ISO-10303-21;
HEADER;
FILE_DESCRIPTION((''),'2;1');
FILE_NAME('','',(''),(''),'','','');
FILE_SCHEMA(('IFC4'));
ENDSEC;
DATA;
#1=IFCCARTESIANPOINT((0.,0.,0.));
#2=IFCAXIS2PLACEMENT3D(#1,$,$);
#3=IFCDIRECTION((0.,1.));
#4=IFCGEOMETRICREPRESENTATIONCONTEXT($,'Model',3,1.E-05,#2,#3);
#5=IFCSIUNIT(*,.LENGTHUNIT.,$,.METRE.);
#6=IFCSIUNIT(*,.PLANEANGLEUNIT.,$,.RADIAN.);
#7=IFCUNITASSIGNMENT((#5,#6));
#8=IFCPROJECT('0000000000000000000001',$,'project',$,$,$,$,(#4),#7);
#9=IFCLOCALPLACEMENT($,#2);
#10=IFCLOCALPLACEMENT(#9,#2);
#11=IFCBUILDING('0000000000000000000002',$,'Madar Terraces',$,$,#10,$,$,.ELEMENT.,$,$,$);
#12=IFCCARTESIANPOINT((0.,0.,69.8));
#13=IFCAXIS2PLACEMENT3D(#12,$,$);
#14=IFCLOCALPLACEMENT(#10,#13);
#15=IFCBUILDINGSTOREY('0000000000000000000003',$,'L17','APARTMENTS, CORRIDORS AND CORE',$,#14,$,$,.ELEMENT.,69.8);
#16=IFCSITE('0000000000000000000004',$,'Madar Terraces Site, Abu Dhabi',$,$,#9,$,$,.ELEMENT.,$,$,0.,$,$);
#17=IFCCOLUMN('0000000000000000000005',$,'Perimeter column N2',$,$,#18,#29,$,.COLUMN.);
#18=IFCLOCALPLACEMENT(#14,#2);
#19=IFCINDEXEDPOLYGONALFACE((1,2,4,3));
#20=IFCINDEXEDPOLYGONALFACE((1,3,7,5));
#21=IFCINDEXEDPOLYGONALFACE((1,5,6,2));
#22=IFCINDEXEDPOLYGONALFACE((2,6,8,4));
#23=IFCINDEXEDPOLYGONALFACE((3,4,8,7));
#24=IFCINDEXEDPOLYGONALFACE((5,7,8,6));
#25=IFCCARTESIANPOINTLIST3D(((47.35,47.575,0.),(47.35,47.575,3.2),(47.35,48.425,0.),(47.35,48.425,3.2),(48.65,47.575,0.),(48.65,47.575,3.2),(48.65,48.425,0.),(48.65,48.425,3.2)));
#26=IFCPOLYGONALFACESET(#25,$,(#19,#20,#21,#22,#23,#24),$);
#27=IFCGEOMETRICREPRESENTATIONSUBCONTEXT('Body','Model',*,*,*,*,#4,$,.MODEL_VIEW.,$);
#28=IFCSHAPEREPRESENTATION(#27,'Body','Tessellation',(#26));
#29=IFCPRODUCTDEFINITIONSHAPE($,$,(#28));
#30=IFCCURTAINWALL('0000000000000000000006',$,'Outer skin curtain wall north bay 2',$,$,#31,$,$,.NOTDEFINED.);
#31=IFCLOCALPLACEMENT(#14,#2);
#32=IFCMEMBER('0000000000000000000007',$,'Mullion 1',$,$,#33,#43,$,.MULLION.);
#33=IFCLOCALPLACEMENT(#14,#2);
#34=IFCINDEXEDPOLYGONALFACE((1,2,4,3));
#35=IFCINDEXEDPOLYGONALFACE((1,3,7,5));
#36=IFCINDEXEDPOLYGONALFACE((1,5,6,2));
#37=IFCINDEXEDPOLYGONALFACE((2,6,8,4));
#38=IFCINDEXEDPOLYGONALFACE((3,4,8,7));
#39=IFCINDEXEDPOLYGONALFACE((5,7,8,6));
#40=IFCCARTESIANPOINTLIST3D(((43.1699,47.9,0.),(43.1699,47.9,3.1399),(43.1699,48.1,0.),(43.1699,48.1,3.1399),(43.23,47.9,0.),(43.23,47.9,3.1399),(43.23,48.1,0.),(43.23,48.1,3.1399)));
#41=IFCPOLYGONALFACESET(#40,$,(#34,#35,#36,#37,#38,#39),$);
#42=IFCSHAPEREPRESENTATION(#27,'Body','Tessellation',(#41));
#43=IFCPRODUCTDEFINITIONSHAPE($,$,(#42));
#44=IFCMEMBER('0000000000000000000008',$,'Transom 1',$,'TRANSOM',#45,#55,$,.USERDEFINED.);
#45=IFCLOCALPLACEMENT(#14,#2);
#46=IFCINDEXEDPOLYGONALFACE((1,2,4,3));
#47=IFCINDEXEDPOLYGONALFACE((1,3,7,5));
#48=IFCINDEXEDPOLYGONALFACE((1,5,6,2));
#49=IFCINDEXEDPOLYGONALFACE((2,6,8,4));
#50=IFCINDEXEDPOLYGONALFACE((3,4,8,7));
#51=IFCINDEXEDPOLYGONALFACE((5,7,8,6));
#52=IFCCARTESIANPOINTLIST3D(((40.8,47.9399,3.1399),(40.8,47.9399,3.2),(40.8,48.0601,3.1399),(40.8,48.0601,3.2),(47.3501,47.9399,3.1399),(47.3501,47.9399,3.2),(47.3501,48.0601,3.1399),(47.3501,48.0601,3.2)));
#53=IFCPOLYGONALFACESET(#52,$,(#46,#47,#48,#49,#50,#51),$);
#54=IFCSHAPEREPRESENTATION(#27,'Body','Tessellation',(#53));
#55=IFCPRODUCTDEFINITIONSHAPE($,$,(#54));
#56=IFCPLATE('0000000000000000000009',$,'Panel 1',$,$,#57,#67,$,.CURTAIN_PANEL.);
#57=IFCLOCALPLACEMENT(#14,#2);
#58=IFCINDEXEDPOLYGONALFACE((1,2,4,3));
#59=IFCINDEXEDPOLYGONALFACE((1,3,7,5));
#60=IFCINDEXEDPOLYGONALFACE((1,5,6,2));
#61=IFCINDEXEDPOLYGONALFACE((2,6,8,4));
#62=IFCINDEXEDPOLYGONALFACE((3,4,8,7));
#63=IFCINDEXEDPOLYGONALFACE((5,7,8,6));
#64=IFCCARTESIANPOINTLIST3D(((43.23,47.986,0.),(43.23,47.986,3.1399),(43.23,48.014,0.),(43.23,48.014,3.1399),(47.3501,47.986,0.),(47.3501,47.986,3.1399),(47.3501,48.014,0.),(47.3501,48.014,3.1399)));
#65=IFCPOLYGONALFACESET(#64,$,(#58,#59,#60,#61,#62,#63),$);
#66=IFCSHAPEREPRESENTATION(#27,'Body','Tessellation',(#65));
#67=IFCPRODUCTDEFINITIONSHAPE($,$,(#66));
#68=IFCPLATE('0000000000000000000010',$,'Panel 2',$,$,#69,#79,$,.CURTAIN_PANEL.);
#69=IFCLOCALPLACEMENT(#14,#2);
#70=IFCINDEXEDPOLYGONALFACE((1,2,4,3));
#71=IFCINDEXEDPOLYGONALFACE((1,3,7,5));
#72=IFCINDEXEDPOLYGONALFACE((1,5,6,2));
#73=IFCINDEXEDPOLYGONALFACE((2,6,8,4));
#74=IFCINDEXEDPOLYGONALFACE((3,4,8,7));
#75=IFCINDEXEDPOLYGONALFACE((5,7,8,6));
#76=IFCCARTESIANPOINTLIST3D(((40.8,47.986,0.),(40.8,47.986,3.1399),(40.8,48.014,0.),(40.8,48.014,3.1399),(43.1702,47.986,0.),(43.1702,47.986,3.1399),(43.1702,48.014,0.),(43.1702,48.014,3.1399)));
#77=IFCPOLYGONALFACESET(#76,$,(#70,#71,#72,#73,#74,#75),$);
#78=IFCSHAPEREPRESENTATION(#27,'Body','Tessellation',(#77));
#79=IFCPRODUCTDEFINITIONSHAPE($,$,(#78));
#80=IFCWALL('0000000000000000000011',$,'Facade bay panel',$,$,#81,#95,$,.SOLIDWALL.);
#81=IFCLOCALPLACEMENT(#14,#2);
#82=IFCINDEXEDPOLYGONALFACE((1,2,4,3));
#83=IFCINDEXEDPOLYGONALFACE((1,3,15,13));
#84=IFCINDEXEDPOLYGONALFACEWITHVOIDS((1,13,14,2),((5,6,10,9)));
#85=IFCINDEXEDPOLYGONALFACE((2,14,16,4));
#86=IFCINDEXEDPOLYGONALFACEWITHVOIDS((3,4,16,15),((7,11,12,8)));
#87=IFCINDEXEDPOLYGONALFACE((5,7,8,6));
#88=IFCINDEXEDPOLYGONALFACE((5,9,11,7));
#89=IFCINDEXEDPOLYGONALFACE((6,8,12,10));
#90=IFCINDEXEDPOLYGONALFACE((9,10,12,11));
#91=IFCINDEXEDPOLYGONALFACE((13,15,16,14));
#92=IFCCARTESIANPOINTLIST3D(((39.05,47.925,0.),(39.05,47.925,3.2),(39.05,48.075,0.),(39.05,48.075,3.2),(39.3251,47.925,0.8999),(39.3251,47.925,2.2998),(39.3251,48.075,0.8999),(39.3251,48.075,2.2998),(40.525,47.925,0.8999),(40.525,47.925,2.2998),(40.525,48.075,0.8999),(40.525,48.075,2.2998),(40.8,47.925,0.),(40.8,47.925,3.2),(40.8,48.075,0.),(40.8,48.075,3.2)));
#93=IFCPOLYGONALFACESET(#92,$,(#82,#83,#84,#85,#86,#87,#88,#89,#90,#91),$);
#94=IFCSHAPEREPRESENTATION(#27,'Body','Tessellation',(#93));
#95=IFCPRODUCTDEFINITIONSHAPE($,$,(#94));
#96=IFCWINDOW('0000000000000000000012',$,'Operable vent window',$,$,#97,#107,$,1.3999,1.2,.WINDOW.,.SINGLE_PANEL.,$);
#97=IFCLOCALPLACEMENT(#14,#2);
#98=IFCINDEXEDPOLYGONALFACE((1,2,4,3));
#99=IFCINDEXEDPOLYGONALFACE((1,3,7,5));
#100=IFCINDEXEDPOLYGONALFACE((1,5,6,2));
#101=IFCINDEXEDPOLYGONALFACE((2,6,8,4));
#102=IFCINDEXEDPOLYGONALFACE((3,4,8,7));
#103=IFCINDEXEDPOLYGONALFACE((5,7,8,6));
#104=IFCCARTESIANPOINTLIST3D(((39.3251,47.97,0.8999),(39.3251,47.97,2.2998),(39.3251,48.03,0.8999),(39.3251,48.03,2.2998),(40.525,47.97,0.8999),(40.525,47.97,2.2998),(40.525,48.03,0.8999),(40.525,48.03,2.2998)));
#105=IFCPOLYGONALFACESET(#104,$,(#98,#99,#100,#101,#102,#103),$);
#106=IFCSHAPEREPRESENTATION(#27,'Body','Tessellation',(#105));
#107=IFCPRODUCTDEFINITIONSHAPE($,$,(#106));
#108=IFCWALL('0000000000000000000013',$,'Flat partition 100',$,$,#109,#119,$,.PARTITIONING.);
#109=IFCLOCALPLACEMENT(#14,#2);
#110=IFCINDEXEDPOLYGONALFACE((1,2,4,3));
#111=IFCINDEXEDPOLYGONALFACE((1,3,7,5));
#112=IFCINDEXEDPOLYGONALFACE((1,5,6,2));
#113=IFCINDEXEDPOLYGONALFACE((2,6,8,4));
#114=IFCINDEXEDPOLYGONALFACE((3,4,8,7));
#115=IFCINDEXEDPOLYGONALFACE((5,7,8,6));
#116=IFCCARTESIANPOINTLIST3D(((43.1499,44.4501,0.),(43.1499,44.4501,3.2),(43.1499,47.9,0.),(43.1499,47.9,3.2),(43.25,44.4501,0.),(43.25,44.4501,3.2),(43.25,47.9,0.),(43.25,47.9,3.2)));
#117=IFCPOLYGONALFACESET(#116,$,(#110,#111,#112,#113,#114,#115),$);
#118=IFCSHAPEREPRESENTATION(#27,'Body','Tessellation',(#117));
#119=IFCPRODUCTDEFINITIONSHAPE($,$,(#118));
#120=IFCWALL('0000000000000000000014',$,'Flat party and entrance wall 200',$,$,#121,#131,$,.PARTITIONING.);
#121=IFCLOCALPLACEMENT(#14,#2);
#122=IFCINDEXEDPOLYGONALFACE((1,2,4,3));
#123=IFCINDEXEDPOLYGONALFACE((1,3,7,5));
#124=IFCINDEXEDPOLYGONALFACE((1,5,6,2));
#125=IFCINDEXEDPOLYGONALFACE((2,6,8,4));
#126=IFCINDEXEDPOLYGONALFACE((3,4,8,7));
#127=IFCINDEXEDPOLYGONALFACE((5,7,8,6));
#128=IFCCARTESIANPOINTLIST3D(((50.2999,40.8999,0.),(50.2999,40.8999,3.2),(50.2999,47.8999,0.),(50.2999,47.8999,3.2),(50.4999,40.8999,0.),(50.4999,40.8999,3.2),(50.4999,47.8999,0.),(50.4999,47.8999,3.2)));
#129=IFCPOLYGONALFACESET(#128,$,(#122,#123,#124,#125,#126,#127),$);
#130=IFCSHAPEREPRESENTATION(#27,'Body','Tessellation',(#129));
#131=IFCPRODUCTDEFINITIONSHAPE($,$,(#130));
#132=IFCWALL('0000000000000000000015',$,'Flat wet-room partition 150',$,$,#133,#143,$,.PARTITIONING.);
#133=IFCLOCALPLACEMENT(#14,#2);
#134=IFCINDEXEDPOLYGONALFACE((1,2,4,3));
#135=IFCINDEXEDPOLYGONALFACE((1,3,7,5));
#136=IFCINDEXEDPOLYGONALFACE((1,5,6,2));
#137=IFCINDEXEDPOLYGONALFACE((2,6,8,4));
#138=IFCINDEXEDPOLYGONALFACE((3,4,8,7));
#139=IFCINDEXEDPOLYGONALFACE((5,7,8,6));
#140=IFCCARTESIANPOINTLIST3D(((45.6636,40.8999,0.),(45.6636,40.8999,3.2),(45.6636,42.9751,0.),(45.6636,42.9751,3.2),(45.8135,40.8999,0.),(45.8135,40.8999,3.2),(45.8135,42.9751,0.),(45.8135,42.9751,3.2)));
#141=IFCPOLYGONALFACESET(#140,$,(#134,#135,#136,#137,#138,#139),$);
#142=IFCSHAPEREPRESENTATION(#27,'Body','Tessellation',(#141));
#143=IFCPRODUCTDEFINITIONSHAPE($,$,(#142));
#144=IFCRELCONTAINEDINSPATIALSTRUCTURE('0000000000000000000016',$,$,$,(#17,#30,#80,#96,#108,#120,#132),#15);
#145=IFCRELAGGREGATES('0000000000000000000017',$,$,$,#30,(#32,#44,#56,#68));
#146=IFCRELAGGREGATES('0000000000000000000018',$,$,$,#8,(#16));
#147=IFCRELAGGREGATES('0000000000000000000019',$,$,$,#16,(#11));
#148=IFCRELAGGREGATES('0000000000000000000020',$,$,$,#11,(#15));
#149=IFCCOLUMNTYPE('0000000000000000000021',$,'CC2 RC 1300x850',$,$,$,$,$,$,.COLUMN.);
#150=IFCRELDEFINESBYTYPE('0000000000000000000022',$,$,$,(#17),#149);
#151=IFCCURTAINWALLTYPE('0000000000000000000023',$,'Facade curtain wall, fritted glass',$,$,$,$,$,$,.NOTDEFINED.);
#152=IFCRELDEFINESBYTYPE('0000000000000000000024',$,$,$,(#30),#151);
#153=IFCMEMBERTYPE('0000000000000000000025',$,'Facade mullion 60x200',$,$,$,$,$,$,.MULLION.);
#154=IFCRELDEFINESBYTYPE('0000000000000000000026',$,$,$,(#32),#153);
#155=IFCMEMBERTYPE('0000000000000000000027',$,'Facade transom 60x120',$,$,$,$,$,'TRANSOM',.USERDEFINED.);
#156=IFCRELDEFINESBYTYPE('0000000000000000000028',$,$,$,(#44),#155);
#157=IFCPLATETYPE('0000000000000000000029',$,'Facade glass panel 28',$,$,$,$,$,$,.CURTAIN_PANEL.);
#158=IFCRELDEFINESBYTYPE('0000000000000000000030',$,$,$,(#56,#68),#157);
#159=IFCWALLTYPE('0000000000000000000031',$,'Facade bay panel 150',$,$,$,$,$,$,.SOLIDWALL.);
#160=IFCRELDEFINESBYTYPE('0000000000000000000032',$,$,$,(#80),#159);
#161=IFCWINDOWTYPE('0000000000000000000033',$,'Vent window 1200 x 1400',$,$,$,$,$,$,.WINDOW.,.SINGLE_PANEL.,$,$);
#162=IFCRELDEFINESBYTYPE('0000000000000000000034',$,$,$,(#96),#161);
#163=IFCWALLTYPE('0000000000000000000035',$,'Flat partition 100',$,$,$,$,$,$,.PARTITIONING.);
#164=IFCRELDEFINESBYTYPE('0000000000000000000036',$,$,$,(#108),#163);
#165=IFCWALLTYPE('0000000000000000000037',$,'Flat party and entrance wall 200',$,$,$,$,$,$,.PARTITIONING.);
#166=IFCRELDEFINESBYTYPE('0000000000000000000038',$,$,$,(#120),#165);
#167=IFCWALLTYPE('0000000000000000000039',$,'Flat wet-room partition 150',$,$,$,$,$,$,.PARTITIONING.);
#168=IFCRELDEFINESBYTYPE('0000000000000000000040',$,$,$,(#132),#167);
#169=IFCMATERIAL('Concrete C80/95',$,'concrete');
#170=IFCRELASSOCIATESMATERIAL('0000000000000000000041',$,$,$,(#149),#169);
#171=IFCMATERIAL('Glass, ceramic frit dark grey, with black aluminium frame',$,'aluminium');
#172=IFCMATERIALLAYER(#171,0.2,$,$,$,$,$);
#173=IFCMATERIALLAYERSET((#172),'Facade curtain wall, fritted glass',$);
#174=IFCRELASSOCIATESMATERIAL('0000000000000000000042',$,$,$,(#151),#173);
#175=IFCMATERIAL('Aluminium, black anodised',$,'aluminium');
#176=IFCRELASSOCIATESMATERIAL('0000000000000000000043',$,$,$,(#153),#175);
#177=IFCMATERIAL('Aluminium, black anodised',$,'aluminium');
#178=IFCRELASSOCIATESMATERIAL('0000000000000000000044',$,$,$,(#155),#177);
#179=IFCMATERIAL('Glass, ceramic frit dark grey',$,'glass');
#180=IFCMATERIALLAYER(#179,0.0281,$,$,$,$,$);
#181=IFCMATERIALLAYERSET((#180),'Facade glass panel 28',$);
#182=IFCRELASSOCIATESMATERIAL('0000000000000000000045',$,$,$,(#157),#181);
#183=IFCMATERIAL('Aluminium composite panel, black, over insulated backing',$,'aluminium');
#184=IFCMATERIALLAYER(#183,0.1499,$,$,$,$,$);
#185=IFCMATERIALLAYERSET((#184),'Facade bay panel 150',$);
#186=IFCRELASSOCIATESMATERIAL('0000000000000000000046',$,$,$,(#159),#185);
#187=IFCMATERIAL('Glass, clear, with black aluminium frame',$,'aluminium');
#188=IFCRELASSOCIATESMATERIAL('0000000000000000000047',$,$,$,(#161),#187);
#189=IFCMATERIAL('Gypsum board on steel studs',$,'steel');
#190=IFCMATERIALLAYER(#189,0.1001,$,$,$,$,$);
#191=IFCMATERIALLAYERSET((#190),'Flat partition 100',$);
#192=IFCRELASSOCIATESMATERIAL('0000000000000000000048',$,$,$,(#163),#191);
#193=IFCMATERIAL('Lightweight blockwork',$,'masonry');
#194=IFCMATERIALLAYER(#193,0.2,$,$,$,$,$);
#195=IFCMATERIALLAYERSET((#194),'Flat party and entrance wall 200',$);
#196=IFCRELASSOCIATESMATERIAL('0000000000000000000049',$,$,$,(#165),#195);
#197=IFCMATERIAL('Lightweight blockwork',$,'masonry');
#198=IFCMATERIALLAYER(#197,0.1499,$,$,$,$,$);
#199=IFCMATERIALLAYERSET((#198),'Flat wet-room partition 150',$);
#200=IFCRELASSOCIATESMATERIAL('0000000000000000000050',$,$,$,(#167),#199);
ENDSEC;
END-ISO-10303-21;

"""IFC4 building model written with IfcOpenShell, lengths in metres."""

from ifc_helpers import new_model, si_unit, direction, frame, frame_2d, origin, origin_2d, place, context, subcontext, project, spatial, rectangle, extrude, material, layer, layer_set, material_profile, profile_set, type_object, element, fill, aggregate, save


model = new_model("IFC4")

# Units and contexts
model_context = context("Model", 3, precision=1e-05, world=origin(), true_north=direction((0.0, 1.0)))
body_context = subcontext(model_context, "Body", "Model", "MODEL_VIEW")
ifc_project = project(units=[si_unit("LENGTHUNIT", "METRE"), si_unit("PLANEANGLEUNIT", "RADIAN")], contexts=[model_context])

# Site, building, storey
site_placement = place(None, origin())
site = spatial("IfcSite", under=ifc_project, at=site_placement, Name="Madar Terraces Site, Abu Dhabi", CompositionType="ELEMENT", RefElevation=0.0)
building_placement = place(site_placement, origin())
building = spatial("IfcBuilding", under=site, at=building_placement, Name="Madar Terraces", CompositionType="ELEMENT")
storey_placement = place(building_placement, frame((0.0, 0.0, 69.8)))
storey = spatial("IfcBuildingStorey", under=building, at=storey_placement, Name="L17", Description="APARTMENTS, CORRIDORS AND CORE", CompositionType="ELEMENT", Elevation=69.8)

# Column
ifc_material_1 = material(Name="Concrete C80/95", Category="concrete")
ifc_material_profile_1 = material_profile(ifc_material_1, rectangle(XDim=1.3, YDim=0.8501, at=origin_2d()), Name="CC2 RC 1300x850")
ifc_profile_set_1 = profile_set([ifc_material_profile_1], Name="Concrete C80/95")
column_type = type_object("IfcColumnType", Name="CC2 RC 1300x850", PredefinedType="COLUMN", material=ifc_profile_set_1)
column_placement = place(storey_placement, frame((48.0, 48.0, 0.0), z_axis=(0.0, 0.0, 1.0), x_axis=(1.0, 0.0, 0.0)))
element("IfcColumn", 1, at=column_placement, inside=storey, type_object=column_type, Name="Perimeter column N2", PredefinedType="COLUMN", context=body_context, shape_type="SweptSolid", body=[
    extrude(rectangle(XDim=1.3, YDim=0.8501, at=origin_2d()), origin(), (0.0, 0.0, 1.0), 3.2),
])

# Curtain wall, members, plates
ifc_material_2 = material(Name="Glass, ceramic frit dark grey, with black aluminium frame", Category="aluminium")
ifc_layer_1 = layer(ifc_material_2, 0.2)
ifc_layer_set_1 = layer_set([ifc_layer_1], Name="Facade curtain wall, fritted glass")
curtain_wall_type = type_object("IfcCurtainWallType", Name="Facade curtain wall, fritted glass", PredefinedType="NOTDEFINED", material=ifc_layer_set_1)
curtain_wall_placement = place(storey_placement, origin())
curtain_wall = element("IfcCurtainWall", 2, at=curtain_wall_placement, inside=storey, type_object=curtain_wall_type, Name="Outer skin curtain wall north bay 2", PredefinedType="NOTDEFINED")
ifc_material_3 = material(Name="Aluminium, black anodised", Category="aluminium")
ifc_material_profile_2 = material_profile(ifc_material_3, rectangle(XDim=0.2, YDim=0.0601, at=origin_2d()), Name="Facade mullion 60x200")
ifc_profile_set_2 = profile_set([ifc_material_profile_2], Name="Aluminium, black anodised")
member_type_1 = type_object("IfcMemberType", Name="Facade mullion 60x200", PredefinedType="MULLION", material=ifc_profile_set_2)
member_1_placement = place(storey_placement, frame((43.2, 48.0, 0.0), z_axis=(0.0, 0.0, 1.0), x_axis=(0.0, -1.0, 0.0)))
member_1 = element("IfcMember", 3, at=member_1_placement, type_object=member_type_1, Name="Mullion 1", PredefinedType="MULLION", context=body_context, shape_type="SweptSolid", body=[
    extrude(rectangle(XDim=0.2, YDim=0.0601, at=origin_2d()), origin(), (0.0, 0.0, 1.0), 3.1399),
])
ifc_material_4 = material(Name="Aluminium, black anodised", Category="aluminium")
ifc_material_profile_3 = material_profile(ifc_material_4, rectangle(XDim=0.1201, YDim=0.0601, at=origin_2d()), Name="Facade transom 60x120")
ifc_profile_set_3 = profile_set([ifc_material_profile_3], Name="Aluminium, black anodised")
member_type_2 = type_object("IfcMemberType", Name="Facade transom 60x120", ElementType="TRANSOM", PredefinedType="USERDEFINED", material=ifc_profile_set_3)
member_2_placement = place(storey_placement, frame((47.3501, 48.0, 3.1699), z_axis=(-1.0, 0.0, 0.0), x_axis=(0.0, -1.0, 0.0)))
member_2 = element("IfcMember", 4, at=member_2_placement, type_object=member_type_2, Name="Transom 1", ObjectType="TRANSOM", PredefinedType="USERDEFINED", context=body_context, shape_type="SweptSolid", body=[
    extrude(rectangle(XDim=0.1201, YDim=0.0601, at=origin_2d()), origin(), (0.0, 0.0, 1.0), 6.55),
])
ifc_material_5 = material(Name="Glass, ceramic frit dark grey", Category="glass")
ifc_layer_2 = layer(ifc_material_5, 0.0281)
ifc_layer_set_2 = layer_set([ifc_layer_2], Name="Facade glass panel 28")
plate_type = type_object("IfcPlateType", Name="Facade glass panel 28", PredefinedType="CURTAIN_PANEL", material=ifc_layer_set_2)
plate_1_placement = place(storey_placement, frame((45.29, 48.0, 0.0), z_axis=(0.0, 0.0, 1.0), x_axis=(-1.0, 0.0, 0.0)))
plate_1 = element("IfcPlate", 5, at=plate_1_placement, type_object=plate_type, Name="Panel 1", PredefinedType="CURTAIN_PANEL", context=body_context, shape_type="SweptSolid", body=[
    extrude(rectangle(XDim=4.1201, YDim=0.0281, at=origin_2d()), origin(), (0.0, 0.0, 1.0), 3.1399),
])
plate_2_placement = place(storey_placement, frame((41.9851, 48.0, 0.0), z_axis=(0.0, 0.0, 1.0), x_axis=(-1.0, 0.0, 0.0)))
plate_2 = element("IfcPlate", 6, at=plate_2_placement, type_object=plate_type, Name="Panel 2", PredefinedType="CURTAIN_PANEL", context=body_context, shape_type="SweptSolid", body=[
    extrude(rectangle(XDim=2.3701, YDim=0.0281, at=origin_2d()), origin(), (0.0, 0.0, 1.0), 3.1399),
])
aggregate(curtain_wall, [member_1, member_2, plate_1, plate_2])

# Wall, opening, window
ifc_material_6 = material(Name="Aluminium composite panel, black, over insulated backing", Category="aluminium")
ifc_layer_3 = layer(ifc_material_6, 0.1499)
ifc_layer_set_3 = layer_set([ifc_layer_3], Name="Facade bay panel 150")
wall_type_1 = type_object("IfcWallType", Name="Facade bay panel 150", PredefinedType="SOLIDWALL", material=ifc_layer_set_3)
wall_1_placement = place(storey_placement, frame((40.8, 48.0, 0.0), z_axis=(0.0, 0.0, 1.0), x_axis=(-1.0, 0.0, 0.0)))
wall_1 = element("IfcWall", 7, at=wall_1_placement, inside=storey, type_object=wall_type_1, Name="Facade bay panel", PredefinedType="SOLIDWALL", context=body_context, shape_type="SweptSolid", body=[
    extrude(rectangle(XDim=1.75, YDim=0.1499, at=frame_2d((0.875, 0.0))), origin(), (0.0, 0.0, 1.0), 3.2),
])
opening_1_placement = place(wall_1_placement, frame((0.2749, 0.0, 0.8999)))
opening_1 = element("IfcOpeningElement", 8, at=opening_1_placement, cuts=wall_1, PredefinedType="OPENING", context=body_context, shape_type="SweptSolid", body=[
    extrude(rectangle(XDim=1.2, YDim=1.3999, at=frame_2d((0.6001, 0.7))), frame((0.0, 0.085, 0.0), z_axis=(0.0, -1.0, 0.0), x_axis=(1.0, 0.0, 0.0)), (0.0, 0.0, 1.0), 0.1699),
])
ifc_material_7 = material(Name="Glass, clear, with black aluminium frame", Category="aluminium")
window_type = type_object("IfcWindowType", Name="Vent window 1200 x 1400", PartitioningType="SINGLE_PANEL", PredefinedType="WINDOW", material=ifc_material_7)
window_placement = place(opening_1_placement, origin())
window = element("IfcWindow", 9, at=window_placement, inside=storey, type_object=window_type, Name="Operable vent window", OverallHeight=1.3999, OverallWidth=1.2, PartitioningType="SINGLE_PANEL", PredefinedType="WINDOW", context=body_context, shape_type="SweptSolid", body=[
    extrude(rectangle(XDim=1.2, YDim=1.3999, at=frame_2d((0.6001, 0.7))), frame((0.0, 0.03, 0.0), z_axis=(0.0, -1.0, 0.0), x_axis=(1.0, 0.0, 0.0)), (0.0, 0.0, 1.0), 0.0601),
])
fill(opening_1, window)

# Walls
ifc_material_8 = material(Name="Gypsum board on steel studs", Category="steel")
ifc_layer_4 = layer(ifc_material_8, 0.1001)
ifc_layer_set_4 = layer_set([ifc_layer_4], Name="Flat partition 100")
wall_type_2 = type_object("IfcWallType", Name="Flat partition 100", PredefinedType="PARTITIONING", material=ifc_layer_set_4)
wall_2_placement = place(storey_placement, frame((43.2, 44.45, 0.0), z_axis=(0.0, 0.0, 1.0), x_axis=(0.0, 1.0, 0.0)))
element("IfcWall", 10, at=wall_2_placement, inside=storey, type_object=wall_type_2, Name="Flat partition 100", PredefinedType="PARTITIONING", context=body_context, shape_type="SweptSolid", body=[
    extrude(rectangle(XDim=3.45, YDim=0.1001, at=frame_2d((1.7251, 0.0))), origin(), (0.0, 0.0, 1.0), 3.2),
])
ifc_material_9 = material(Name="Lightweight blockwork", Category="masonry")
ifc_layer_5 = layer(ifc_material_9, 0.2)
ifc_layer_set_5 = layer_set([ifc_layer_5], Name="Flat party and entrance wall 200")
wall_type_3 = type_object("IfcWallType", Name="Flat party and entrance wall 200", PredefinedType="PARTITIONING", material=ifc_layer_set_5)
wall_3_placement = place(storey_placement, frame((50.3999, 40.8999, 0.0), z_axis=(0.0, 0.0, 1.0), x_axis=(0.0, 1.0, 0.0)))
element("IfcWall", 11, at=wall_3_placement, inside=storey, type_object=wall_type_3, Name="Flat party and entrance wall 200", PredefinedType="PARTITIONING", context=body_context, shape_type="SweptSolid", body=[
    extrude(rectangle(XDim=7.0, YDim=0.2, at=frame_2d((3.5, 0.0))), origin(), (0.0, 0.0, 1.0), 3.2),
])
ifc_material_10 = material(Name="Lightweight blockwork", Category="masonry")
ifc_layer_6 = layer(ifc_material_10, 0.1499)
ifc_layer_set_6 = layer_set([ifc_layer_6], Name="Flat wet-room partition 150")
wall_type_4 = type_object("IfcWallType", Name="Flat wet-room partition 150", PredefinedType="PARTITIONING", material=ifc_layer_set_6)
wall_4_placement = place(storey_placement, frame((45.7385, 40.8999, 0.0), z_axis=(0.0, 0.0, 1.0), x_axis=(0.0, 1.0, 0.0)))
element("IfcWall", 12, at=wall_4_placement, inside=storey, type_object=wall_type_4, Name="Flat wet-room partition 150", PredefinedType="PARTITIONING", context=body_context, shape_type="SweptSolid", body=[
    extrude(rectangle(XDim=2.0752, YDim=0.1499, at=frame_2d((1.0376, 0.0))), origin(), (0.0, 0.0, 1.0), 3.2),
])

save(model, "model.ifc")
